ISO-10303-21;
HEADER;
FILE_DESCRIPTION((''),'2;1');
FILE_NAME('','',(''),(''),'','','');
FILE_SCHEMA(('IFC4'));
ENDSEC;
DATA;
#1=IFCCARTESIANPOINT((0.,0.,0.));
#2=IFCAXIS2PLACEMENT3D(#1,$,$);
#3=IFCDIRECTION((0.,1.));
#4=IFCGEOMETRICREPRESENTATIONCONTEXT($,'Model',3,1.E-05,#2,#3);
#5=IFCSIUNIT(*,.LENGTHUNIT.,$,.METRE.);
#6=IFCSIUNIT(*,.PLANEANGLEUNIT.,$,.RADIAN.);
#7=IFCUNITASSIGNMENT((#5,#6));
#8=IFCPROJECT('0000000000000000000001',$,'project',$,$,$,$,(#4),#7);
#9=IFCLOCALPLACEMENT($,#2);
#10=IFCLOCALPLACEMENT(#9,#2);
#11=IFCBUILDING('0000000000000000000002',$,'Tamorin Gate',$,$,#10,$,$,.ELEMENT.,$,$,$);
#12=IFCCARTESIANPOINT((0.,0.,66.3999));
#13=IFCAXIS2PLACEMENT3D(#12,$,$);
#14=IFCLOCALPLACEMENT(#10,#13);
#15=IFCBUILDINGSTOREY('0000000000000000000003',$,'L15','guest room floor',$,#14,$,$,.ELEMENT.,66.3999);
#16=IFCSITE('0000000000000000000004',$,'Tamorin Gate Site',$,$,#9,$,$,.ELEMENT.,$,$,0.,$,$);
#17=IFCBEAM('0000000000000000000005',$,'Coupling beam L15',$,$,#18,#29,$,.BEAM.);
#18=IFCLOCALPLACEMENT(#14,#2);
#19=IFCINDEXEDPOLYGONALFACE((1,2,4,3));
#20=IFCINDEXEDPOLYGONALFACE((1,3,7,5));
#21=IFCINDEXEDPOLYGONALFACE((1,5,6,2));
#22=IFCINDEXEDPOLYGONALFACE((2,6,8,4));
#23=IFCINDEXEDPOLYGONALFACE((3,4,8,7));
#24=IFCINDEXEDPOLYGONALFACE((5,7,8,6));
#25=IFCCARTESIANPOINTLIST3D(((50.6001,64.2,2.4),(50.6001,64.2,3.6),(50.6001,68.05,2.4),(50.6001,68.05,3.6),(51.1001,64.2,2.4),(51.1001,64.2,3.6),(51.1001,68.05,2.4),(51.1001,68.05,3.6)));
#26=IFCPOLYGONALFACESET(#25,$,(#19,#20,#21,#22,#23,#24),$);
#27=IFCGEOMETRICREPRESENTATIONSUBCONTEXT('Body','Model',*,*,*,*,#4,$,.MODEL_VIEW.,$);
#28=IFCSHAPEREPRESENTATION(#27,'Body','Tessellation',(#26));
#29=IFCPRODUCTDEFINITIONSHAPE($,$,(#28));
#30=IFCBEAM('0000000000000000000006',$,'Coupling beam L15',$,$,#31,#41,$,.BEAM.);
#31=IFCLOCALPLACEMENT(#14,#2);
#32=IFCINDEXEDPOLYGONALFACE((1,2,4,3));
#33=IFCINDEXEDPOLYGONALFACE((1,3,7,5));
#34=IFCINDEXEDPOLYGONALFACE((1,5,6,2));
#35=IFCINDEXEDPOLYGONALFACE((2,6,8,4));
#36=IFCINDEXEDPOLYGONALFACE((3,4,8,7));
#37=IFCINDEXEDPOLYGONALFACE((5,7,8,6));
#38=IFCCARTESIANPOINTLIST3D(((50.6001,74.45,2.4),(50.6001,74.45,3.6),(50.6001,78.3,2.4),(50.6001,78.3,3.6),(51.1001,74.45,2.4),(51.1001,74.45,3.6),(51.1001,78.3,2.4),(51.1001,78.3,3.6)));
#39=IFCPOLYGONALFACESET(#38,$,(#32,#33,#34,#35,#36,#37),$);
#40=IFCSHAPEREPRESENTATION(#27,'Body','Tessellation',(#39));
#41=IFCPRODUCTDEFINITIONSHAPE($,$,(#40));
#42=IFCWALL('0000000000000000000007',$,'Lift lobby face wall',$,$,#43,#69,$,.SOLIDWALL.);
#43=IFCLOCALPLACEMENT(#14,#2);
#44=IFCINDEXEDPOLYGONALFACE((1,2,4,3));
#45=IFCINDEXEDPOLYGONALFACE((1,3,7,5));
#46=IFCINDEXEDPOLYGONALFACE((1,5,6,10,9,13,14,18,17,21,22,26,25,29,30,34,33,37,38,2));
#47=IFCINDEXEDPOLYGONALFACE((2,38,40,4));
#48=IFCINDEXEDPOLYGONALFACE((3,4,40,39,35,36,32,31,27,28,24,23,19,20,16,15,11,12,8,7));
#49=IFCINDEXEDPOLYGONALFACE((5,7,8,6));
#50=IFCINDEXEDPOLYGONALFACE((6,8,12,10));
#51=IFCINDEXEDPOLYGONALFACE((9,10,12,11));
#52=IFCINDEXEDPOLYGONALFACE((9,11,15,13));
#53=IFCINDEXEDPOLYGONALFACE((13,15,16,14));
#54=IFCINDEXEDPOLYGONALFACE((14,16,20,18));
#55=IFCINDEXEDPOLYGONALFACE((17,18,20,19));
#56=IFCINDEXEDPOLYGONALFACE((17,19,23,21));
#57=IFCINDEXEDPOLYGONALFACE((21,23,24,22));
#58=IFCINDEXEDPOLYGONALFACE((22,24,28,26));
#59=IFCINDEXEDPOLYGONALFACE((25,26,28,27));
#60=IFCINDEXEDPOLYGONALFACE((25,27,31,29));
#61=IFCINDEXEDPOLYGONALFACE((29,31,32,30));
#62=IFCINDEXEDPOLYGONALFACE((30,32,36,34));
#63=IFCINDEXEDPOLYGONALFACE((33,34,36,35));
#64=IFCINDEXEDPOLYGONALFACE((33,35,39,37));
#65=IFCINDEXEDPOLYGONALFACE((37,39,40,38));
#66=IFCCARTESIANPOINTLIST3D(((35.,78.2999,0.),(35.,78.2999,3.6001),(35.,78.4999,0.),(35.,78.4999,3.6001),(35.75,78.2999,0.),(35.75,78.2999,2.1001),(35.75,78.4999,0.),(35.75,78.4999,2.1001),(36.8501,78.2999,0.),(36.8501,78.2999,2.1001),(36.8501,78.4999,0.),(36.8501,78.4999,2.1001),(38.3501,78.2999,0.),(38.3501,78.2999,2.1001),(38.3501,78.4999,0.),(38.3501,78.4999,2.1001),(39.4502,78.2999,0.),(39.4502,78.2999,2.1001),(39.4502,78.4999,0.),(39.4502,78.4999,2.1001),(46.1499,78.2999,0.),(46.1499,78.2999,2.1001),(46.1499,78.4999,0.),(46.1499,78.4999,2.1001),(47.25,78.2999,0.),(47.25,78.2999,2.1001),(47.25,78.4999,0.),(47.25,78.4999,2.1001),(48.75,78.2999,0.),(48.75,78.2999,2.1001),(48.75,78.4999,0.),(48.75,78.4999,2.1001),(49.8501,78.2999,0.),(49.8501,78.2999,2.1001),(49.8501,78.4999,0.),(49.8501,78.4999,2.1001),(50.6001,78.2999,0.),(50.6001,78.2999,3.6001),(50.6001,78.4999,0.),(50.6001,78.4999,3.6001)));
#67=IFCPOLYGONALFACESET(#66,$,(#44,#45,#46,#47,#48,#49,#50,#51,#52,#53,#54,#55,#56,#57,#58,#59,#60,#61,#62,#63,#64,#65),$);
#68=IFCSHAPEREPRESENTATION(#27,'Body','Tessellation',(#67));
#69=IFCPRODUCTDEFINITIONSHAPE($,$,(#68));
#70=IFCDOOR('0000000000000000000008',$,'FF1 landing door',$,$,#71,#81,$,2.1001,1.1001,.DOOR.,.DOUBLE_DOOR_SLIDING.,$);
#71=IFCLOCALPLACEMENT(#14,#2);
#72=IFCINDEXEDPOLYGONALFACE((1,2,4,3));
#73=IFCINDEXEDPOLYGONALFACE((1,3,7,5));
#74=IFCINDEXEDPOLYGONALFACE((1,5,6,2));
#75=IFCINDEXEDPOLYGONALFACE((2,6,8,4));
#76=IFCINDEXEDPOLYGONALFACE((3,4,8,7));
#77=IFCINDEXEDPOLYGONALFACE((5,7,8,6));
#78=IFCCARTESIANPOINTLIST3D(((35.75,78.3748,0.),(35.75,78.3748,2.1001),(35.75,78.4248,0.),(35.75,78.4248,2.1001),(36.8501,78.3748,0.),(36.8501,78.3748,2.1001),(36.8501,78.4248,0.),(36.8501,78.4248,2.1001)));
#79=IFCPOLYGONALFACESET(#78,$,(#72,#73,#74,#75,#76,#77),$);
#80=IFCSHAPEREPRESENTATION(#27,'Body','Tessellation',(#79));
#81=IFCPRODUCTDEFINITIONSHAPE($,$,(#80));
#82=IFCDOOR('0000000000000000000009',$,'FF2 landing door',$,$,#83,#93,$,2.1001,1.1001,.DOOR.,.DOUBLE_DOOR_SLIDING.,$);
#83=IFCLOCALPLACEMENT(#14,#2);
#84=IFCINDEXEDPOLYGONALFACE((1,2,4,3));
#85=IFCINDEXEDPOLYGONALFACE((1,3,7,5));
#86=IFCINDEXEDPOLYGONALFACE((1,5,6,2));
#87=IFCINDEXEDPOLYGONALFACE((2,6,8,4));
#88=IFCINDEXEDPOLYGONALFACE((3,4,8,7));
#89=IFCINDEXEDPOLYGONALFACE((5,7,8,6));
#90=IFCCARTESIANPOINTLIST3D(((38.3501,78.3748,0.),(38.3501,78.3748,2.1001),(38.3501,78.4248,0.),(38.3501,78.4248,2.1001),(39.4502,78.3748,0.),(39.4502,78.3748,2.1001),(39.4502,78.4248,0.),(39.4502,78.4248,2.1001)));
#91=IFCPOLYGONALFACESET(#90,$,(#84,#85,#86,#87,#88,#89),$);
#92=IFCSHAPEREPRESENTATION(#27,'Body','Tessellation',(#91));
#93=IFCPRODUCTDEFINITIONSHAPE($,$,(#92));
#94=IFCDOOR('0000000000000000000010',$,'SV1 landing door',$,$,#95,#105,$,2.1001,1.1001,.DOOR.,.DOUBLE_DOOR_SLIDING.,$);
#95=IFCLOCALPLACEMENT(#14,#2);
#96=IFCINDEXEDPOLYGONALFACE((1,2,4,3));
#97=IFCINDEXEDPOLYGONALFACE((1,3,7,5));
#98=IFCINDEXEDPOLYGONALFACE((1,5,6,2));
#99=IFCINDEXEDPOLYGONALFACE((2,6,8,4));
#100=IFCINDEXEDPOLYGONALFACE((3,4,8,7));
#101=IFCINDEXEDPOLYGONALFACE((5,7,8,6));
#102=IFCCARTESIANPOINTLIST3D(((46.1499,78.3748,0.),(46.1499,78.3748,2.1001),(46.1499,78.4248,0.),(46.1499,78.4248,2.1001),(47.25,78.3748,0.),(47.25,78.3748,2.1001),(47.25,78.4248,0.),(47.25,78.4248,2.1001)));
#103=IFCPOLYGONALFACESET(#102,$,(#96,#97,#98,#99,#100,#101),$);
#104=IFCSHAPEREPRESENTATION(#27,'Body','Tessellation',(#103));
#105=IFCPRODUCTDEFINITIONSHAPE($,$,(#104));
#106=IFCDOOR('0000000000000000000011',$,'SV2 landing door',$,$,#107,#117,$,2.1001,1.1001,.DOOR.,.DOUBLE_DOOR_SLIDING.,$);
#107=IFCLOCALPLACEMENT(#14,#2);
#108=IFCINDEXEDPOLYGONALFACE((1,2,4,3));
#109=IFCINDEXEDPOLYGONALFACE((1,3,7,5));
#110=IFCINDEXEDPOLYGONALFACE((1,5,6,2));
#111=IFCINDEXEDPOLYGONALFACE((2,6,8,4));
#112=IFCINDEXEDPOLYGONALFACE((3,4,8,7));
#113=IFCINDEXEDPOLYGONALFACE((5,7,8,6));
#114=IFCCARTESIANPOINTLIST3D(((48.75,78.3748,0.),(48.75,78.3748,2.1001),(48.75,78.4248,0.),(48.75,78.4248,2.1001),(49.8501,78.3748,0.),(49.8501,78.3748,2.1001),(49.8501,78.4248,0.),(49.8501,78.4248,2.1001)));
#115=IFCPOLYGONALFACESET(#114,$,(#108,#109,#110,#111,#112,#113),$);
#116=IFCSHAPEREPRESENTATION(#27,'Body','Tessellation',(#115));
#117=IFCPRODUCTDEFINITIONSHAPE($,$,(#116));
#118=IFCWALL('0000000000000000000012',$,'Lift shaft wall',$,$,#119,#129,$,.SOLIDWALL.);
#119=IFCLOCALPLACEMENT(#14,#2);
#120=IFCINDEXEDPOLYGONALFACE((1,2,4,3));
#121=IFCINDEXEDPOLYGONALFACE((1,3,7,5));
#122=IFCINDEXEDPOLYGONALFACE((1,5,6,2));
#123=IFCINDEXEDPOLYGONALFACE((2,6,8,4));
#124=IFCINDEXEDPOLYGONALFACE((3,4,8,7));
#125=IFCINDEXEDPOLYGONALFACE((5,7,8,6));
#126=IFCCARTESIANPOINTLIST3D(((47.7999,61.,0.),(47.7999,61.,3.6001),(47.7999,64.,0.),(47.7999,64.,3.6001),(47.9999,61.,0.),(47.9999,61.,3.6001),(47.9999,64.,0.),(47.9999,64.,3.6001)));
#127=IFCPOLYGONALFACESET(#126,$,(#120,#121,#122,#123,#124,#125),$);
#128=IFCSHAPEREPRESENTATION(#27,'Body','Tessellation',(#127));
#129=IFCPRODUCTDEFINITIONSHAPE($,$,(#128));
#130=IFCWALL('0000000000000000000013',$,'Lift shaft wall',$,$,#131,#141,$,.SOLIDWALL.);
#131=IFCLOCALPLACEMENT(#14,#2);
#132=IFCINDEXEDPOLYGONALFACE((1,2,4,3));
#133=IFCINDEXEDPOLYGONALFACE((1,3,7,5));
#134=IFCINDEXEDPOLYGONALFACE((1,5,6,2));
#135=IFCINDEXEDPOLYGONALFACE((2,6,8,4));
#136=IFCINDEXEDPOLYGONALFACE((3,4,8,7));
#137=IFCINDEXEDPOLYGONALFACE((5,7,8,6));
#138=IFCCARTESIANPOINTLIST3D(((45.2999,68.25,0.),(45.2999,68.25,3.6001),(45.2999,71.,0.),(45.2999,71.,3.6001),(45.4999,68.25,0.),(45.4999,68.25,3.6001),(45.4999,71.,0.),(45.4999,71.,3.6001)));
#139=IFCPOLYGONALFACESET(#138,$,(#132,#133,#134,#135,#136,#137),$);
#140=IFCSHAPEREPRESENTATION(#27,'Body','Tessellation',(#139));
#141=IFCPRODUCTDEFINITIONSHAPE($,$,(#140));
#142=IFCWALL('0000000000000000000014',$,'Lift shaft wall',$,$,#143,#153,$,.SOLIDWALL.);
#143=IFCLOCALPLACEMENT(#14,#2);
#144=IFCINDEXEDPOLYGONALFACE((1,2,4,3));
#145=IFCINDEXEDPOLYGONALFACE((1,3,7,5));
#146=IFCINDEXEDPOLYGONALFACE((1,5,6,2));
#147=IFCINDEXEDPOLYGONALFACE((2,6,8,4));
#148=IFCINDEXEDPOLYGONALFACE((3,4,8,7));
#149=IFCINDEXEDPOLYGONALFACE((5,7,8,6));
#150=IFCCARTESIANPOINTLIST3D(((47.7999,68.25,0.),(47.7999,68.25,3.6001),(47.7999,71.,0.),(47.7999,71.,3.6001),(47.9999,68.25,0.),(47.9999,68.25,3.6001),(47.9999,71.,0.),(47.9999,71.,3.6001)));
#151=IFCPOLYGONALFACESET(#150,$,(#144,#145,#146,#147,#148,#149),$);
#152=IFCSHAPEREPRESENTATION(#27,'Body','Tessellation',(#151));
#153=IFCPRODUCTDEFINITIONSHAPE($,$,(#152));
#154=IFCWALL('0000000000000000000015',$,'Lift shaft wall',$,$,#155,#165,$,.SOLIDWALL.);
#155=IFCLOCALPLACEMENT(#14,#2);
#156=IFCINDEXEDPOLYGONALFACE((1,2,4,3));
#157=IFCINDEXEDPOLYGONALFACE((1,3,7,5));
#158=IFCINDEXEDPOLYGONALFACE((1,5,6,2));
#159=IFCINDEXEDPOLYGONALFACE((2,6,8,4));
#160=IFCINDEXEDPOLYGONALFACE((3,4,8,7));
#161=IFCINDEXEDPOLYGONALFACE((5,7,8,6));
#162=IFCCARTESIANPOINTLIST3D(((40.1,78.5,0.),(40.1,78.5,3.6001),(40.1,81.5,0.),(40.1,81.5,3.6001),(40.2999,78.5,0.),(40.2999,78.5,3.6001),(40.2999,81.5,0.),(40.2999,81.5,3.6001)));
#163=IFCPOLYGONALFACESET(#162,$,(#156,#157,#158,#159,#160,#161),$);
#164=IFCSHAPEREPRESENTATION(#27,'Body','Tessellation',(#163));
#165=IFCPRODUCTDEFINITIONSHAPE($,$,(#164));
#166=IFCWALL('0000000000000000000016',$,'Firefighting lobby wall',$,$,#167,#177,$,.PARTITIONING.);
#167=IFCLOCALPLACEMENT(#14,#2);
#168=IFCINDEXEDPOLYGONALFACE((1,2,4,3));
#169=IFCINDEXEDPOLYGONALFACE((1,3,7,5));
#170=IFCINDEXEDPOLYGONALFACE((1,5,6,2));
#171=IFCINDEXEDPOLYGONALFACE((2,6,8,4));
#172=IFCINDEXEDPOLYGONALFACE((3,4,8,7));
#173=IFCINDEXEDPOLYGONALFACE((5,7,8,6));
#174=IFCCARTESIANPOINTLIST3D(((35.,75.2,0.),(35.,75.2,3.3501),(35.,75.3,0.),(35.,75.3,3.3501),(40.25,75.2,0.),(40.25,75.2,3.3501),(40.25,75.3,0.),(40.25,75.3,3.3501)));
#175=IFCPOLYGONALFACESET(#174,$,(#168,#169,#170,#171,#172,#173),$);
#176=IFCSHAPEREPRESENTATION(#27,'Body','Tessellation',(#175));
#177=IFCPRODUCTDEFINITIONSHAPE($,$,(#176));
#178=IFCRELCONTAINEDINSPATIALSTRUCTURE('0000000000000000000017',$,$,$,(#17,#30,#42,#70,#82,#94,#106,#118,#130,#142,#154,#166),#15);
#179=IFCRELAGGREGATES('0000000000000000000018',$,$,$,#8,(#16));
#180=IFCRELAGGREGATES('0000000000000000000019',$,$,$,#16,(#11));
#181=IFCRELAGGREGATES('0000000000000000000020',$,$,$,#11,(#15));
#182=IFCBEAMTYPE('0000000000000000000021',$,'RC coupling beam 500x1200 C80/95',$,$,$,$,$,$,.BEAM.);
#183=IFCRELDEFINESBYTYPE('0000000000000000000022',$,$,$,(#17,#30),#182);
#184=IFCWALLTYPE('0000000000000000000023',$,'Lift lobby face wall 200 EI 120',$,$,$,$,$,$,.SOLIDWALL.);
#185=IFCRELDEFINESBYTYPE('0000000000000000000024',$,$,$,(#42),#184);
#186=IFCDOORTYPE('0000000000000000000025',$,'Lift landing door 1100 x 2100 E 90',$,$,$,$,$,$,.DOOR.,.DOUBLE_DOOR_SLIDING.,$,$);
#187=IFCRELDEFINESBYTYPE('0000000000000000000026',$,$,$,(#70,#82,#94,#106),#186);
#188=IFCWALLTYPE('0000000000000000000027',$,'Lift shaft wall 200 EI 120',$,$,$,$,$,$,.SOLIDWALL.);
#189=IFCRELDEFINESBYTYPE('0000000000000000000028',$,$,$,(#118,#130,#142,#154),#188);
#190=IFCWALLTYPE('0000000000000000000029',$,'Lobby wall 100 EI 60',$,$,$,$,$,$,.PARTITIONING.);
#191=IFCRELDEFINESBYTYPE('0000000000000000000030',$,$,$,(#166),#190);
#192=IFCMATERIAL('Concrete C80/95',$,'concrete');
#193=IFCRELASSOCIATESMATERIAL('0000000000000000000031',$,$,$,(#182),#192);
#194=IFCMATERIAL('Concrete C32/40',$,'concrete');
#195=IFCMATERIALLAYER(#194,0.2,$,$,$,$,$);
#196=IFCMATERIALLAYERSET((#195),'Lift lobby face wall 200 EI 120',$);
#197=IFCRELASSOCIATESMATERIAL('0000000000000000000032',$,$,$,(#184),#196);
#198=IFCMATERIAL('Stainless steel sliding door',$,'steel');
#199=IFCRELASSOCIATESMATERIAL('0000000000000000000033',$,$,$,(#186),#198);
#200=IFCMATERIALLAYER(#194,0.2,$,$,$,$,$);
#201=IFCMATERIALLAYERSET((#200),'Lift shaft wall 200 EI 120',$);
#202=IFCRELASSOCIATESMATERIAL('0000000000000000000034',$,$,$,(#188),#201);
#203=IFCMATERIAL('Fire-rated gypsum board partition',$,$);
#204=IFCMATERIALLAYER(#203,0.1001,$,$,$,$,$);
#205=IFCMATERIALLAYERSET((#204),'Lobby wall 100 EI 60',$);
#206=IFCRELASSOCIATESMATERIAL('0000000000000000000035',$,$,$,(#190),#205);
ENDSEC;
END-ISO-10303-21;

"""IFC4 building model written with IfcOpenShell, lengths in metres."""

from ifc_helpers import new_model, si_unit, direction, frame, frame_2d, origin, origin_2d, place, context, subcontext, project, spatial, rectangle, extrude, material, layer, layer_set, material_profile, profile_set, type_object, element, fill, save


model = new_model("IFC4")

# Units and contexts
model_context = context("Model", 3, precision=1e-05, world=origin(), true_north=direction((0.0, 1.0)))
body_context = subcontext(model_context, "Body", "Model", "MODEL_VIEW")
ifc_project = project(units=[si_unit("LENGTHUNIT", "METRE"), si_unit("PLANEANGLEUNIT", "RADIAN")], contexts=[model_context])

# Site, building, storey
site_placement = place(None, origin())
site = spatial("IfcSite", under=ifc_project, at=site_placement, Name="Tamorin Gate Site", CompositionType="ELEMENT", RefElevation=0.0)
building_placement = place(site_placement, origin())
building = spatial("IfcBuilding", under=site, at=building_placement, Name="Tamorin Gate", CompositionType="ELEMENT")
storey_placement = place(building_placement, frame((0.0, 0.0, 66.3999)))
storey = spatial("IfcBuildingStorey", under=building, at=storey_placement, Name="L15", Description="guest room floor", CompositionType="ELEMENT", Elevation=66.3999)

# Beams
ifc_material_1 = material(Name="Concrete C80/95", Category="concrete")
ifc_material_profile = material_profile(ifc_material_1, rectangle(XDim=0.5, YDim=1.2, at=origin_2d()), Name="RC 500x1200")
ifc_profile_set = profile_set([ifc_material_profile], Name="Concrete C80/95")
beam_type = type_object("IfcBeamType", Name="RC coupling beam 500x1200 C80/95", PredefinedType="BEAM", material=ifc_profile_set)
for number, where, z_axis, x_axis, name in (
    (1, (50.8501, 64.2, 3.0), (0.0, 1.0, 0.0), (-1.0, 0.0, 0.0), "Coupling beam L15"),
    (2, (50.8501, 74.45, 3.0), (0.0, 1.0, 0.0), (-1.0, 0.0, 0.0), "Coupling beam L15"),
):
    element("IfcBeam", number, at=place(storey_placement, frame(where, z_axis=z_axis, x_axis=x_axis)), inside=storey, type_object=beam_type, Name=name, PredefinedType="BEAM", context=body_context, shape_type="SweptSolid", body=[
        extrude(rectangle(XDim=0.5, YDim=1.2, at=origin_2d()), origin(), (0.0, 0.0, 1.0), 3.8501),
    ])

# Wall, openings, doors
ifc_material_2 = material(Name="Concrete C32/40", Category="concrete")
ifc_layer_1 = layer(ifc_material_2, 0.2)
ifc_layer_set_1 = layer_set([ifc_layer_1], Name="Lift lobby face wall 200 EI 120")
wall_type_1 = type_object("IfcWallType", Name="Lift lobby face wall 200 EI 120", PredefinedType="SOLIDWALL", material=ifc_layer_set_1)
wall_1_placement = place(storey_placement, frame((35.0, 78.3999, 0.0), z_axis=(0.0, 0.0, 1.0), x_axis=(1.0, 0.0, 0.0)))
wall_1 = element("IfcWall", 3, at=wall_1_placement, inside=storey, type_object=wall_type_1, Name="Lift lobby face wall", PredefinedType="SOLIDWALL", context=body_context, shape_type="SweptSolid", body=[
    extrude(rectangle(XDim=15.6001, YDim=0.2, at=frame_2d((7.8, 0.0))), origin(), (0.0, 0.0, 1.0), 3.6001),
])
opening_1_placement = place(wall_1_placement, frame((0.75, 0.0, 0.0)))
opening_1 = element("IfcOpeningElement", 4, at=opening_1_placement, cuts=wall_1, PredefinedType="OPENING", context=body_context, shape_type="SweptSolid", body=[
    extrude(rectangle(XDim=1.1001, YDim=2.1001, at=frame_2d((0.55, 1.05))), frame((0.0, 0.1099, 0.0), z_axis=(0.0, -1.0, 0.0), x_axis=(1.0, 0.0, 0.0)), (0.0, 0.0, 1.0), 0.22),
])
opening_2_placement = place(wall_1_placement, frame((3.3501, 0.0, 0.0)))
opening_2 = element("IfcOpeningElement", 5, at=opening_2_placement, cuts=wall_1, PredefinedType="OPENING", context=body_context, shape_type="SweptSolid", body=[
    extrude(rectangle(XDim=1.1001, YDim=2.1001, at=frame_2d((0.55, 1.05))), frame((0.0, 0.1099, 0.0), z_axis=(0.0, -1.0, 0.0), x_axis=(1.0, 0.0, 0.0)), (0.0, 0.0, 1.0), 0.22),
])
opening_3_placement = place(wall_1_placement, frame((11.1499, 0.0, 0.0)))
opening_3 = element("IfcOpeningElement", 6, at=opening_3_placement, cuts=wall_1, PredefinedType="OPENING", context=body_context, shape_type="SweptSolid", body=[
    extrude(rectangle(XDim=1.1001, YDim=2.1001, at=frame_2d((0.55, 1.05))), frame((0.0, 0.1099, 0.0), z_axis=(0.0, -1.0, 0.0), x_axis=(1.0, 0.0, 0.0)), (0.0, 0.0, 1.0), 0.22),
])
opening_4_placement = place(wall_1_placement, frame((13.75, 0.0, 0.0)))
opening_4 = element("IfcOpeningElement", 7, at=opening_4_placement, cuts=wall_1, PredefinedType="OPENING", context=body_context, shape_type="SweptSolid", body=[
    extrude(rectangle(XDim=1.1001, YDim=2.1001, at=frame_2d((0.55, 1.05))), frame((0.0, 0.1099, 0.0), z_axis=(0.0, -1.0, 0.0), x_axis=(1.0, 0.0, 0.0)), (0.0, 0.0, 1.0), 0.22),
])
ifc_material_3 = material(Name="Stainless steel sliding door", Category="steel")
door_type_1 = type_object("IfcDoorType", Name="Lift landing door 1100 x 2100 E 90", OperationType="DOUBLE_DOOR_SLIDING", PredefinedType="DOOR", material=ifc_material_3)
door_1_placement = place(opening_1_placement, origin())
door_1 = element("IfcDoor", 8, at=door_1_placement, inside=storey, type_object=door_type_1, Name="FF1 landing door", OperationType="DOUBLE_DOOR_SLIDING", OverallHeight=2.1001, OverallWidth=1.1001, PredefinedType="DOOR", context=body_context, shape_type="SweptSolid", body=[
    extrude(rectangle(XDim=1.1001, YDim=2.1001, at=frame_2d((0.55, 1.05))), frame((0.0, 0.0249, 0.0), z_axis=(0.0, -1.0, 0.0), x_axis=(1.0, 0.0, 0.0)), (0.0, 0.0, 1.0), 0.05),
])
fill(opening_1, door_1)
door_2_placement = place(opening_2_placement, origin())
door_2 = element("IfcDoor", 9, at=door_2_placement, inside=storey, type_object=door_type_1, Name="FF2 landing door", OperationType="DOUBLE_DOOR_SLIDING", OverallHeight=2.1001, OverallWidth=1.1001, PredefinedType="DOOR", context=body_context, shape_type="SweptSolid", body=[
    extrude(rectangle(XDim=1.1001, YDim=2.1001, at=frame_2d((0.55, 1.05))), frame((0.0, 0.0249, 0.0), z_axis=(0.0, -1.0, 0.0), x_axis=(1.0, 0.0, 0.0)), (0.0, 0.0, 1.0), 0.05),
])
fill(opening_2, door_2)
door_3_placement = place(opening_3_placement, origin())
door_3 = element("IfcDoor", 10, at=door_3_placement, inside=storey, type_object=door_type_1, Name="SV1 landing door", OperationType="DOUBLE_DOOR_SLIDING", OverallHeight=2.1001, OverallWidth=1.1001, PredefinedType="DOOR", context=body_context, shape_type="SweptSolid", body=[
    extrude(rectangle(XDim=1.1001, YDim=2.1001, at=frame_2d((0.55, 1.05))), frame((0.0, 0.0249, 0.0), z_axis=(0.0, -1.0, 0.0), x_axis=(1.0, 0.0, 0.0)), (0.0, 0.0, 1.0), 0.05),
])
fill(opening_3, door_3)
door_4_placement = place(opening_4_placement, origin())
door_4 = element("IfcDoor", 11, at=door_4_placement, inside=storey, type_object=door_type_1, Name="SV2 landing door", OperationType="DOUBLE_DOOR_SLIDING", OverallHeight=2.1001, OverallWidth=1.1001, PredefinedType="DOOR", context=body_context, shape_type="SweptSolid", body=[
    extrude(rectangle(XDim=1.1001, YDim=2.1001, at=frame_2d((0.55, 1.05))), frame((0.0, 0.0249, 0.0), z_axis=(0.0, -1.0, 0.0), x_axis=(1.0, 0.0, 0.0)), (0.0, 0.0, 1.0), 0.05),
])
fill(opening_4, door_4)

# Walls
ifc_layer_2 = layer(ifc_material_2, 0.2)
ifc_layer_set_2 = layer_set([ifc_layer_2], Name="Lift shaft wall 200 EI 120")
wall_type_2 = type_object("IfcWallType", Name="Lift shaft wall 200 EI 120", PredefinedType="SOLIDWALL", material=ifc_layer_set_2)
wall_2_placement = place(storey_placement, frame((47.8999, 61.0, 0.0), z_axis=(0.0, 0.0, 1.0), x_axis=(0.0, 1.0, 0.0)))
element("IfcWall", 12, at=wall_2_placement, inside=storey, type_object=wall_type_2, Name="Lift shaft wall", PredefinedType="SOLIDWALL", context=body_context, shape_type="SweptSolid", body=[
    extrude(rectangle(XDim=3.0, YDim=0.2, at=frame_2d((1.5, 0.0))), origin(), (0.0, 0.0, 1.0), 3.6001),
])
for number, where, z_axis, x_axis, name in (
    (13, (45.3999, 68.25, 0.0), (0.0, 0.0, 1.0), (0.0, 1.0, 0.0), "Lift shaft wall"),
    (14, (47.8999, 68.25, 0.0), (0.0, 0.0, 1.0), (0.0, 1.0, 0.0), "Lift shaft wall"),
):
    element("IfcWall", number, at=place(storey_placement, frame(where, z_axis=z_axis, x_axis=x_axis)), inside=storey, type_object=wall_type_2, Name=name, PredefinedType="SOLIDWALL", context=body_context, shape_type="SweptSolid", body=[
        extrude(rectangle(XDim=2.75, YDim=0.2, at=frame_2d((1.375, 0.0))), origin(), (0.0, 0.0, 1.0), 3.6001),
    ])
wall_3_placement = place(storey_placement, frame((40.2, 78.5, 0.0), z_axis=(0.0, 0.0, 1.0), x_axis=(0.0, 1.0, 0.0)))
element("IfcWall", 15, at=wall_3_placement, inside=storey, type_object=wall_type_2, Name="Lift shaft wall", PredefinedType="SOLIDWALL", context=body_context, shape_type="SweptSolid", body=[
    extrude(rectangle(XDim=3.0, YDim=0.2, at=frame_2d((1.5, 0.0))), origin(), (0.0, 0.0, 1.0), 3.6001),
])
ifc_material_4 = material(Name="Fire-rated gypsum board partition")
ifc_layer_3 = layer(ifc_material_4, 0.1001)
ifc_layer_set_3 = layer_set([ifc_layer_3], Name="Lobby wall 100 EI 60")
wall_type_3 = type_object("IfcWallType", Name="Lobby wall 100 EI 60", PredefinedType="PARTITIONING", material=ifc_layer_set_3)
wall_4_placement = place(storey_placement, frame((35.0, 75.25, 0.0), z_axis=(0.0, 0.0, 1.0), x_axis=(1.0, 0.0, 0.0)))
element("IfcWall", 16, at=wall_4_placement, inside=storey, type_object=wall_type_3, Name="Firefighting lobby wall", PredefinedType="PARTITIONING", context=body_context, shape_type="SweptSolid", body=[
    extrude(rectangle(XDim=5.25, YDim=0.1001, at=frame_2d((2.625, 0.0))), origin(), (0.0, 0.0, 1.0), 3.3501),
])

save(model, "model.ifc")
